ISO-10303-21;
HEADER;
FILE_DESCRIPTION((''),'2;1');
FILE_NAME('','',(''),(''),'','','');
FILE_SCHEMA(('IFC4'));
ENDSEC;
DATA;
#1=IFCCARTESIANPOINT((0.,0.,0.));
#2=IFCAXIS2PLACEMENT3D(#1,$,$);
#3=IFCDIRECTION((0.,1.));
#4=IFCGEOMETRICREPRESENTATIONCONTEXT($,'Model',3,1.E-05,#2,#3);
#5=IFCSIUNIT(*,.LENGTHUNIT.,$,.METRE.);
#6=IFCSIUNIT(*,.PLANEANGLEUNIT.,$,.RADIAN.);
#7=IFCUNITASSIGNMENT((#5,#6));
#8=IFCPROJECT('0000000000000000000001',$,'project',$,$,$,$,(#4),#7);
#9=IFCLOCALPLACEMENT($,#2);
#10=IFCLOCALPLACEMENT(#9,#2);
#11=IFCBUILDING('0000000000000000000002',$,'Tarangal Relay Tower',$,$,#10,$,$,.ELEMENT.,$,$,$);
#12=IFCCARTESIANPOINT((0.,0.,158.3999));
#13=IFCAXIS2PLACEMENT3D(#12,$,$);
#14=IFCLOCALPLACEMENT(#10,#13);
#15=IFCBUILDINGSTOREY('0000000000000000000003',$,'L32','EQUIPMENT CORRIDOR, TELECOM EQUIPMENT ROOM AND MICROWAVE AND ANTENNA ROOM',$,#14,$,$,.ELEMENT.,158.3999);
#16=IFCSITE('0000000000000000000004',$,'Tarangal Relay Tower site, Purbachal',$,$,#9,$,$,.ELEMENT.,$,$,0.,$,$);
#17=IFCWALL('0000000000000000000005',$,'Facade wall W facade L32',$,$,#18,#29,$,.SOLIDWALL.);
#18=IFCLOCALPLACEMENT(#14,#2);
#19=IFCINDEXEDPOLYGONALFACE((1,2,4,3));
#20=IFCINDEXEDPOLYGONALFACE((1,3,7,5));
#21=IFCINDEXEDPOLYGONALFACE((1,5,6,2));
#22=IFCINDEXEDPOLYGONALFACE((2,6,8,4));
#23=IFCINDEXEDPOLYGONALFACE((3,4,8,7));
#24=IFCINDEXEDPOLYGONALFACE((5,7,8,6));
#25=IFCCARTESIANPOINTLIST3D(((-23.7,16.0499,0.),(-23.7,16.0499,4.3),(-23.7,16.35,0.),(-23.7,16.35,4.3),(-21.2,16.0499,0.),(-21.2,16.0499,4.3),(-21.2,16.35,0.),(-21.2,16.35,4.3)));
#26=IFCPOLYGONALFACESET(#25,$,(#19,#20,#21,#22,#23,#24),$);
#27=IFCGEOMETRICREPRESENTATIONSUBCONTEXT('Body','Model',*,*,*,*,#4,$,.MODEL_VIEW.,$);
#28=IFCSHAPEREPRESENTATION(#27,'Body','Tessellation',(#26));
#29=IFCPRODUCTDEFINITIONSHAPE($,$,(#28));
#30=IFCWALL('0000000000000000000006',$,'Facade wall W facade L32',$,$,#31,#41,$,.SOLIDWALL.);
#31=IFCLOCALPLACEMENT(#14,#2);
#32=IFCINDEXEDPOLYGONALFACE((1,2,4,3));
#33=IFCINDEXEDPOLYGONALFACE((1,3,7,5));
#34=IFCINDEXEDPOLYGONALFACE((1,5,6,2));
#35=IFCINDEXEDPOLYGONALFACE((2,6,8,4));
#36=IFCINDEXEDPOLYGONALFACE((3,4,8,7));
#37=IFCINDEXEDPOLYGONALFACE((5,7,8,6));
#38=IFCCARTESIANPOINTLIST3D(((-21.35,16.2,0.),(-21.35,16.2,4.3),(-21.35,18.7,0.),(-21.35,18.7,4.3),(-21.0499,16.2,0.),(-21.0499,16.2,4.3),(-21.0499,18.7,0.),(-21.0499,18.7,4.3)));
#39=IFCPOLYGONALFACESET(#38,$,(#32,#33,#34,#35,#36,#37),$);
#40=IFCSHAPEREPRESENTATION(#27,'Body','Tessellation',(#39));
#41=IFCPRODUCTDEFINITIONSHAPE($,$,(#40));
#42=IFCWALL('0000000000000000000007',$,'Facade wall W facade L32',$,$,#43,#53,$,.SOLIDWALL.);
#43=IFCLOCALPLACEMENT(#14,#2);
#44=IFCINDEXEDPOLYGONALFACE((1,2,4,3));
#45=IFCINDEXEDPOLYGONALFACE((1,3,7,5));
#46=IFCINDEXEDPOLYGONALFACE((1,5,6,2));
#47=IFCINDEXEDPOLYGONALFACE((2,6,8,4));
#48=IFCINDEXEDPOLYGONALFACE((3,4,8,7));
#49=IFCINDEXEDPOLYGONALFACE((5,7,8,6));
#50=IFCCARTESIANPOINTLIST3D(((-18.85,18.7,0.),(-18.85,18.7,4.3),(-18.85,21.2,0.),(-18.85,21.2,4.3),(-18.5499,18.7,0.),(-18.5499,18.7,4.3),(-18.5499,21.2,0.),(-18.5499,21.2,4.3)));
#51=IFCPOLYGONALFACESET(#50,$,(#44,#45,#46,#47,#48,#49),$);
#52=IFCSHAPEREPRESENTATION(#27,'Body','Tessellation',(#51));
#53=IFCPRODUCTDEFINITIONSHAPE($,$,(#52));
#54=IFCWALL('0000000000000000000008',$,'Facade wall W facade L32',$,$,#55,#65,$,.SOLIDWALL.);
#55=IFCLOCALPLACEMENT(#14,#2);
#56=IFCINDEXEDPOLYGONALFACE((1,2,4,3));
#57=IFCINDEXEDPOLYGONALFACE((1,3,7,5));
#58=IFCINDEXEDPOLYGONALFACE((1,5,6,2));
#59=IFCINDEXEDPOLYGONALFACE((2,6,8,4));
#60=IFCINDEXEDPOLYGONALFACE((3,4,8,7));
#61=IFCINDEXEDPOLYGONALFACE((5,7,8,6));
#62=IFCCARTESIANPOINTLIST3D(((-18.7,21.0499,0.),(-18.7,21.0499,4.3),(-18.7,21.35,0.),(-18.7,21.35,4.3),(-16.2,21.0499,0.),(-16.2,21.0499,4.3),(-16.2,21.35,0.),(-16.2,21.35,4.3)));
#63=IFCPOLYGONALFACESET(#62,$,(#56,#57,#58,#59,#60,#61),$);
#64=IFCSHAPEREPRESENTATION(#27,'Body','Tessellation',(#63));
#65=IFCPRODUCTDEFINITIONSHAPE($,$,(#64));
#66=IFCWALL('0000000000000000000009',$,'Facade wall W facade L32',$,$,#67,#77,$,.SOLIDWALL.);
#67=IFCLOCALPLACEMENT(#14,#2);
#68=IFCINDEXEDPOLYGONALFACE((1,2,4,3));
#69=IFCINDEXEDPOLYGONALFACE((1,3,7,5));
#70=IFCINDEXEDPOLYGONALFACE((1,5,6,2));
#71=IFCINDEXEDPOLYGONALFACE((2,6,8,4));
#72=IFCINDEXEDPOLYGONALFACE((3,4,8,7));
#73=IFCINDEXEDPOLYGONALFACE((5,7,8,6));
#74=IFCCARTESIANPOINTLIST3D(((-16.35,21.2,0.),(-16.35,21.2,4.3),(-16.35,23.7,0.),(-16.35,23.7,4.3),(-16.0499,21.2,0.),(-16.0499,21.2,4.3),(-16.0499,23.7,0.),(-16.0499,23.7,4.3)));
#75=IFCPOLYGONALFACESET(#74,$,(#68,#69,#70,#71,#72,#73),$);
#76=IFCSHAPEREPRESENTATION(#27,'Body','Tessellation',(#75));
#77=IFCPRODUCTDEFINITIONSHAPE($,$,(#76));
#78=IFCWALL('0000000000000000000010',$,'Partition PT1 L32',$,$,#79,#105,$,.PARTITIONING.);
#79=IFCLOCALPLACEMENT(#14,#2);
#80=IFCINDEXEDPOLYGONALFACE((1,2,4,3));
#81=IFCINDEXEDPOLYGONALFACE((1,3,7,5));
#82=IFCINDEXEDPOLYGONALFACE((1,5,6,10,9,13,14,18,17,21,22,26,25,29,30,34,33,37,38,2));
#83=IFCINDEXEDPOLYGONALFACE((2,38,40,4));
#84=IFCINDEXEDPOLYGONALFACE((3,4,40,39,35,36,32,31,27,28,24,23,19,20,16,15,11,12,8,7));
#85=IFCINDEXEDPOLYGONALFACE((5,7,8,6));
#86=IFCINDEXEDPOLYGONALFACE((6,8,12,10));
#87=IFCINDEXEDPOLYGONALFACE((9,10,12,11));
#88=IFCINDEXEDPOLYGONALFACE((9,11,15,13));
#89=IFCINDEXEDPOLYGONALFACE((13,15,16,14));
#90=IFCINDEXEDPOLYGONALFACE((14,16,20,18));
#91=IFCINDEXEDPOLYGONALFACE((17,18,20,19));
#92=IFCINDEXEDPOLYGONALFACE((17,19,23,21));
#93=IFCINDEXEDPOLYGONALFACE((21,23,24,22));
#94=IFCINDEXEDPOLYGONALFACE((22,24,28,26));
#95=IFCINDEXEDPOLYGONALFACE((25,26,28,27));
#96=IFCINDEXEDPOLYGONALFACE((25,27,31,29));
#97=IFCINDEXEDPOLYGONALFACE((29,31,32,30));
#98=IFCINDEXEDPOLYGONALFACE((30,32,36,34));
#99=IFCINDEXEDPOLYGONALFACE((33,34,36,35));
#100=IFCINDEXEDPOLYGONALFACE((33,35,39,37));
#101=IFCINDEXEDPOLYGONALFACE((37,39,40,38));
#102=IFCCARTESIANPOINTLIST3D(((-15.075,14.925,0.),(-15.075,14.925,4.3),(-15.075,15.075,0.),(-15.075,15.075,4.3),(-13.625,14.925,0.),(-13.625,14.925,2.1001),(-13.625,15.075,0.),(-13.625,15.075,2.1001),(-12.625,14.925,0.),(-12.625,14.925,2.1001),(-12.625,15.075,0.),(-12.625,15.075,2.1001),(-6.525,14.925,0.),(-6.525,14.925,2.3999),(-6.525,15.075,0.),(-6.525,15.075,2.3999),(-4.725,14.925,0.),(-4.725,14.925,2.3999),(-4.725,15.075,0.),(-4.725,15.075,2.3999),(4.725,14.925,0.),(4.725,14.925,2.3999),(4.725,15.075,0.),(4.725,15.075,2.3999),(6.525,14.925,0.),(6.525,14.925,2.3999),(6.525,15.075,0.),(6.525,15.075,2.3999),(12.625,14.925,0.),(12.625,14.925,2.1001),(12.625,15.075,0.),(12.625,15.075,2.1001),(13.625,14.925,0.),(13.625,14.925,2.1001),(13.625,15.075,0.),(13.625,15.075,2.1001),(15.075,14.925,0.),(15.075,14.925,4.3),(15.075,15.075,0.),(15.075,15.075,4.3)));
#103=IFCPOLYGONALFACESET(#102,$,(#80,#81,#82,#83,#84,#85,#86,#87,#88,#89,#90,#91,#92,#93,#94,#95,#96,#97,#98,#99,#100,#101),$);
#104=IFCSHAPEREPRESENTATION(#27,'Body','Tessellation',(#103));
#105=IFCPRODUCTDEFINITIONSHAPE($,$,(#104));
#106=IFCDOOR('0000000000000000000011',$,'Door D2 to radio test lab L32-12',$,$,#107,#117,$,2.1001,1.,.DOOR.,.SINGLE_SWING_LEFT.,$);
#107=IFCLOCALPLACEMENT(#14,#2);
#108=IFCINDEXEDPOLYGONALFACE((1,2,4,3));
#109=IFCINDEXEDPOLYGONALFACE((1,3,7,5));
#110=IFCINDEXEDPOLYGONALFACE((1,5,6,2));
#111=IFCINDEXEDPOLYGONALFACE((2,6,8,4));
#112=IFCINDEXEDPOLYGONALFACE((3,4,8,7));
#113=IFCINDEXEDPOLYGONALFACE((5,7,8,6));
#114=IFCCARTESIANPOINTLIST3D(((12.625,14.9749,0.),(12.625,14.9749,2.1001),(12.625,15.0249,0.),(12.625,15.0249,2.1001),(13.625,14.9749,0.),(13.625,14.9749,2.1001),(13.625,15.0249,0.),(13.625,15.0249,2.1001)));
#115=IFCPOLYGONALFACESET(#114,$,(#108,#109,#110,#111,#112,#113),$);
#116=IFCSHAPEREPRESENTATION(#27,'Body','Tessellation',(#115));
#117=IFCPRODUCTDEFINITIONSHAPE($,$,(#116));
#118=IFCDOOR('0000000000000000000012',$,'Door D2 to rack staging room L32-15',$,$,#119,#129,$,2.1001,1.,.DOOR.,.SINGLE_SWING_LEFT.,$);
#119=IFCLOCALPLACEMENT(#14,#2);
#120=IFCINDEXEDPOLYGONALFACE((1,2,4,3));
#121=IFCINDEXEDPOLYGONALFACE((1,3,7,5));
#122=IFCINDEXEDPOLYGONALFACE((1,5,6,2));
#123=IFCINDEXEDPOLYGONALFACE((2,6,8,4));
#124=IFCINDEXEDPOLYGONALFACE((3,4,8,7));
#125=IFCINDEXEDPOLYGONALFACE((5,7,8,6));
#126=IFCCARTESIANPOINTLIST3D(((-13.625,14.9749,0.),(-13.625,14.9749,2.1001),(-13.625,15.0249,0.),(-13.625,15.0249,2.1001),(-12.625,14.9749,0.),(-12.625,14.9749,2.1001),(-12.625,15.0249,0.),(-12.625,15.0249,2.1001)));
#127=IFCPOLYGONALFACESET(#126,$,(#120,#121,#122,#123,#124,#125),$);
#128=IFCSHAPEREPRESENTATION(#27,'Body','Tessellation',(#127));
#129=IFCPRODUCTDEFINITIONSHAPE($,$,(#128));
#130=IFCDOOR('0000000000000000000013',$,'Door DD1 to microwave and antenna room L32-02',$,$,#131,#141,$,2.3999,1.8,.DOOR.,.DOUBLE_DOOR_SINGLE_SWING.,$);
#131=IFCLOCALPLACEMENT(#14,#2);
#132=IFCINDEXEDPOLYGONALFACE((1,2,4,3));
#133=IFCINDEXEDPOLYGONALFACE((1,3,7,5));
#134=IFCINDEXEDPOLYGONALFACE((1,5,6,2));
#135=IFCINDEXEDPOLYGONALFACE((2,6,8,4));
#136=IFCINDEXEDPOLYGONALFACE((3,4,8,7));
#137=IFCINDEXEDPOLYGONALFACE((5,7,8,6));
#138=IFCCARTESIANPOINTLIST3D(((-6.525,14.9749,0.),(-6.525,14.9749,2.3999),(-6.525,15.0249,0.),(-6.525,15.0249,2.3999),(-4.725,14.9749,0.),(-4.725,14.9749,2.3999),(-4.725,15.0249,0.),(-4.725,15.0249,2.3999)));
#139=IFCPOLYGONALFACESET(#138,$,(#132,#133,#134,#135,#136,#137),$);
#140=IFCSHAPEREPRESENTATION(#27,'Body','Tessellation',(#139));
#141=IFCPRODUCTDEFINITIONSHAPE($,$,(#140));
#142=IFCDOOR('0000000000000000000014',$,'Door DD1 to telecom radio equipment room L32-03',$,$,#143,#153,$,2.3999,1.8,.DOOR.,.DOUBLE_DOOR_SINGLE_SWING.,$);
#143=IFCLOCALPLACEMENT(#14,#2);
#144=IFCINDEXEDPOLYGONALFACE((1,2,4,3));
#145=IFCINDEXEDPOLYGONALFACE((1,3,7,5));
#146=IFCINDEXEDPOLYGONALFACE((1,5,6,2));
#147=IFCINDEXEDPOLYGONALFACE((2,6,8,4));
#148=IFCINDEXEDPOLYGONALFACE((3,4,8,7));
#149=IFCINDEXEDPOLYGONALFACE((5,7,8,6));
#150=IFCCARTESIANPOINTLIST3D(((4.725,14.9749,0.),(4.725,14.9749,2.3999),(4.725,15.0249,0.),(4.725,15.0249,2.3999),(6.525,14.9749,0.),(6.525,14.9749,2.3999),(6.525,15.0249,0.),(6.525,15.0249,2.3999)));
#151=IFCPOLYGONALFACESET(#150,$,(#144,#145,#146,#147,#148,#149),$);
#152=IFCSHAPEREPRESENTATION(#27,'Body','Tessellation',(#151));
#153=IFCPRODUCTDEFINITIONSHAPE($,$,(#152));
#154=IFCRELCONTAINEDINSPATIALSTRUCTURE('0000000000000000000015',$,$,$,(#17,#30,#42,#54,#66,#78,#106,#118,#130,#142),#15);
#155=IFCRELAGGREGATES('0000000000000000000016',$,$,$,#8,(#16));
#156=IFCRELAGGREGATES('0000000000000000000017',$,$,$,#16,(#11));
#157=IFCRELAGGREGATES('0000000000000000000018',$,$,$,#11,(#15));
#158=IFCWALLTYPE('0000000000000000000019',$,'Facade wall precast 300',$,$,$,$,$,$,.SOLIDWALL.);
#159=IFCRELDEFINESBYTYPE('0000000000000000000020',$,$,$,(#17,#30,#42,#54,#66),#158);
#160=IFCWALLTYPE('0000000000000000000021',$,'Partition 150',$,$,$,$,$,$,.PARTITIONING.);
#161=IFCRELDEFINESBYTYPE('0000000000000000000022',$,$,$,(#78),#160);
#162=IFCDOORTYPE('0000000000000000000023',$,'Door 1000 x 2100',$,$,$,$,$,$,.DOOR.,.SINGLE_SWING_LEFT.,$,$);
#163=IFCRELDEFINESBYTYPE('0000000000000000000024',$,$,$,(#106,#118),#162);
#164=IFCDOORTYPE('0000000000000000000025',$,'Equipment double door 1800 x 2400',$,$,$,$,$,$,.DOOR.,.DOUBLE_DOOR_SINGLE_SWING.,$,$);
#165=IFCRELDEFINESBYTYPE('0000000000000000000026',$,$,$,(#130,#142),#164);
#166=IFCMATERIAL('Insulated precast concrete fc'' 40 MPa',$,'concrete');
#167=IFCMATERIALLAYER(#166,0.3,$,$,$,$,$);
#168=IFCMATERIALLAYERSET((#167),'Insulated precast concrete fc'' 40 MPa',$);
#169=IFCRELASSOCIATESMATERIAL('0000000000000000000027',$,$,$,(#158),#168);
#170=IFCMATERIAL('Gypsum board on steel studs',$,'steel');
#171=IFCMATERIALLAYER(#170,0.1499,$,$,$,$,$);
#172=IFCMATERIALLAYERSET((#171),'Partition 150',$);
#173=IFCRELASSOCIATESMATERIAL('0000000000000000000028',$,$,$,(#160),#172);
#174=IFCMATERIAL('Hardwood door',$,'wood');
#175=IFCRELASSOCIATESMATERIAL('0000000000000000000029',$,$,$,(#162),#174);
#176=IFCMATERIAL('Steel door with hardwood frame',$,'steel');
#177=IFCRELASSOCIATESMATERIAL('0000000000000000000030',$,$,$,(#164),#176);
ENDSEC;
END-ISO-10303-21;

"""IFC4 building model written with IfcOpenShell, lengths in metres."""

from ifc_helpers import new_model, si_unit, direction, frame, frame_2d, origin, place, context, subcontext, project, spatial, rectangle, extrude, material, layer, layer_set, type_object, element, fill, save


model = new_model("IFC4")

# Units and contexts
model_context = context("Model", 3, precision=1e-05, world=origin(), true_north=direction((0.0, 1.0)))
body_context = subcontext(model_context, "Body", "Model", "MODEL_VIEW")
ifc_project = project(units=[si_unit("LENGTHUNIT", "METRE"), si_unit("PLANEANGLEUNIT", "RADIAN")], contexts=[model_context])

# Site, building, storey
site_placement = place(None, origin())
site = spatial("IfcSite", under=ifc_project, at=site_placement, Name="Tarangal Relay Tower site, Purbachal", CompositionType="ELEMENT", RefElevation=0.0)
building_placement = place(site_placement, origin())
building = spatial("IfcBuilding", under=site, at=building_placement, Name="Tarangal Relay Tower", CompositionType="ELEMENT")
storey_placement = place(building_placement, frame((0.0, 0.0, 158.3999)))
storey = spatial("IfcBuildingStorey", under=building, at=storey_placement, Name="L32", Description="EQUIPMENT CORRIDOR, TELECOM EQUIPMENT ROOM AND MICROWAVE AND ANTENNA ROOM", CompositionType="ELEMENT", Elevation=158.3999)

# Shared definitions
ifc_material_1 = material(Name="Insulated precast concrete fc' 40 MPa", Category="concrete")
ifc_layer_1 = layer(ifc_material_1, 0.3)
ifc_layer_set_1 = layer_set([ifc_layer_1], Name="Insulated precast concrete fc' 40 MPa")
wall_type_1 = type_object("IfcWallType", Name="Facade wall precast 300", PredefinedType="SOLIDWALL", material=ifc_layer_set_1)

# Walls
for number, where, z_axis, x_axis, name in (
    (1, (-23.7, 16.2, 0.0), (0.0, 0.0, 1.0), (1.0, 0.0, 0.0), "Facade wall W facade L32"),
    (2, (-21.2, 16.2, 0.0), (0.0, 0.0, 1.0), (0.0, 1.0, 0.0), "Facade wall W facade L32"),
):
    element("IfcWall", number, at=place(storey_placement, frame(where, z_axis=z_axis, x_axis=x_axis)), inside=storey, type_object=wall_type_1, Name=name, PredefinedType="SOLIDWALL", context=body_context, shape_type="SweptSolid", body=[
        extrude(rectangle(XDim=2.5, YDim=0.3, at=frame_2d((1.25, 0.0))), origin(), (0.0, 0.0, 1.0), 4.3),
    ])

# Walls
for number, where, z_axis, x_axis, name in (
    (3, (-18.7, 18.7, 0.0), (0.0, 0.0, 1.0), (0.0, 1.0, 0.0), "Facade wall W facade L32"),
    (4, (-18.7, 21.2, 0.0), (0.0, 0.0, 1.0), (1.0, 0.0, 0.0), "Facade wall W facade L32"),
    (5, (-16.2, 21.2, 0.0), (0.0, 0.0, 1.0), (0.0, 1.0, 0.0), "Facade wall W facade L32"),
):
    element("IfcWall", number, at=place(storey_placement, frame(where, z_axis=z_axis, x_axis=x_axis)), inside=storey, type_object=wall_type_1, Name=name, PredefinedType="SOLIDWALL", context=body_context, shape_type="SweptSolid", body=[
        extrude(rectangle(XDim=2.5, YDim=0.3, at=frame_2d((1.25, 0.0))), origin(), (0.0, 0.0, 1.0), 4.3),
    ])

# Wall, openings, doors
ifc_material_2 = material(Name="Gypsum board on steel studs", Category="steel")
ifc_layer_2 = layer(ifc_material_2, 0.1499)
ifc_layer_set_2 = layer_set([ifc_layer_2], Name="Partition 150")
wall_type_2 = type_object("IfcWallType", Name="Partition 150", PredefinedType="PARTITIONING", material=ifc_layer_set_2)
wall_1_placement = place(storey_placement, frame((-15.075, 15.0, 0.0), z_axis=(0.0, 0.0, 1.0), x_axis=(1.0, 0.0, 0.0)))
wall_1 = element("IfcWall", 6, at=wall_1_placement, inside=storey, type_object=wall_type_2, Name="Partition PT1 L32", PredefinedType="PARTITIONING", context=body_context, shape_type="SweptSolid", body=[
    extrude(rectangle(XDim=30.1499, YDim=0.1499, at=frame_2d((15.075, 0.0))), origin(), (0.0, 0.0, 1.0), 4.3),
])
opening_1_placement = place(wall_1_placement, frame((8.55, 0.0, 0.0)))
opening_1 = element("IfcOpeningElement", 7, at=opening_1_placement, cuts=wall_1, PredefinedType="OPENING", context=body_context, shape_type="SweptSolid", body=[
    extrude(rectangle(XDim=1.8, YDim=2.3999, at=frame_2d((0.8999, 1.2))), frame((0.0, 0.085, 0.0), z_axis=(0.0, -1.0, 0.0), x_axis=(1.0, 0.0, 0.0)), (0.0, 0.0, 1.0), 0.1699),
])
opening_2_placement = place(wall_1_placement, frame((19.8, 0.0, 0.0)))
opening_2 = element("IfcOpeningElement", 8, at=opening_2_placement, cuts=wall_1, PredefinedType="OPENING", context=body_context, shape_type="SweptSolid", body=[
    extrude(rectangle(XDim=1.8, YDim=2.3999, at=frame_2d((0.8999, 1.2))), frame((0.0, 0.085, 0.0), z_axis=(0.0, -1.0, 0.0), x_axis=(1.0, 0.0, 0.0)), (0.0, 0.0, 1.0), 0.1699),
])
opening_3_placement = place(wall_1_placement, frame((27.7, 0.0, 0.0)))
opening_3 = element("IfcOpeningElement", 9, at=opening_3_placement, cuts=wall_1, PredefinedType="OPENING", context=body_context, shape_type="SweptSolid", body=[
    extrude(rectangle(XDim=1.0, YDim=2.1001, at=frame_2d((0.5, 1.05))), frame((0.0, 0.085, 0.0), z_axis=(0.0, -1.0, 0.0), x_axis=(1.0, 0.0, 0.0)), (0.0, 0.0, 1.0), 0.1699),
])
opening_4_placement = place(wall_1_placement, frame((1.45, 0.0, 0.0)))
opening_4 = element("IfcOpeningElement", 10, at=opening_4_placement, cuts=wall_1, PredefinedType="OPENING", context=body_context, shape_type="SweptSolid", body=[
    extrude(rectangle(XDim=1.0, YDim=2.1001, at=frame_2d((0.5, 1.05))), frame((0.0, 0.085, 0.0), z_axis=(0.0, -1.0, 0.0), x_axis=(1.0, 0.0, 0.0)), (0.0, 0.0, 1.0), 0.1699),
])
ifc_material_3 = material(Name="Hardwood door", Category="wood")
door_type_1 = type_object("IfcDoorType", Name="Door 1000 x 2100", OperationType="SINGLE_SWING_LEFT", PredefinedType="DOOR", material=ifc_material_3)
door_1_placement = place(opening_3_placement, origin())
door_1 = element("IfcDoor", 11, at=door_1_placement, inside=storey, type_object=door_type_1, Name="Door D2 to radio test lab L32-12", OperationType="SINGLE_SWING_LEFT", OverallHeight=2.1001, OverallWidth=1.0, PredefinedType="DOOR", context=body_context, shape_type="SweptSolid", body=[
    extrude(rectangle(XDim=1.0, YDim=2.1001, at=frame_2d((0.5, 1.05))), frame((0.0, 0.0249, 0.0), z_axis=(0.0, -1.0, 0.0), x_axis=(1.0, 0.0, 0.0)), (0.0, 0.0, 1.0), 0.05),
])
fill(opening_3, door_1)
door_2_placement = place(opening_4_placement, origin())
door_2 = element("IfcDoor", 12, at=door_2_placement, inside=storey, type_object=door_type_1, Name="Door D2 to rack staging room L32-15", OperationType="SINGLE_SWING_LEFT", OverallHeight=2.1001, OverallWidth=1.0, PredefinedType="DOOR", context=body_context, shape_type="SweptSolid", body=[
    extrude(rectangle(XDim=1.0, YDim=2.1001, at=frame_2d((0.5, 1.05))), frame((0.0, 0.0249, 0.0), z_axis=(0.0, -1.0, 0.0), x_axis=(1.0, 0.0, 0.0)), (0.0, 0.0, 1.0), 0.05),
])
fill(opening_4, door_2)
ifc_material_4 = material(Name="Steel door with hardwood frame", Category="steel")
door_type_2 = type_object("IfcDoorType", Name="Equipment double door 1800 x 2400", OperationType="DOUBLE_DOOR_SINGLE_SWING", PredefinedType="DOOR", material=ifc_material_4)
door_3_placement = place(opening_1_placement, origin())
door_3 = element("IfcDoor", 13, at=door_3_placement, inside=storey, type_object=door_type_2, Name="Door DD1 to microwave and antenna room L32-02", OperationType="DOUBLE_DOOR_SINGLE_SWING", OverallHeight=2.3999, OverallWidth=1.8, PredefinedType="DOOR", context=body_context, shape_type="SweptSolid", body=[
    extrude(rectangle(XDim=1.8, YDim=2.3999, at=frame_2d((0.8999, 1.2))), frame((0.0, 0.0249, 0.0), z_axis=(0.0, -1.0, 0.0), x_axis=(1.0, 0.0, 0.0)), (0.0, 0.0, 1.0), 0.05),
])
fill(opening_1, door_3)
door_4_placement = place(opening_2_placement, origin())
door_4 = element("IfcDoor", 14, at=door_4_placement, inside=storey, type_object=door_type_2, Name="Door DD1 to telecom radio equipment room L32-03", OperationType="DOUBLE_DOOR_SINGLE_SWING", OverallHeight=2.3999, OverallWidth=1.8, PredefinedType="DOOR", context=body_context, shape_type="SweptSolid", body=[
    extrude(rectangle(XDim=1.8, YDim=2.3999, at=frame_2d((0.8999, 1.2))), frame((0.0, 0.0249, 0.0), z_axis=(0.0, -1.0, 0.0), x_axis=(1.0, 0.0, 0.0)), (0.0, 0.0, 1.0), 0.05),
])
fill(opening_2, door_4)

save(model, "model.ifc")
